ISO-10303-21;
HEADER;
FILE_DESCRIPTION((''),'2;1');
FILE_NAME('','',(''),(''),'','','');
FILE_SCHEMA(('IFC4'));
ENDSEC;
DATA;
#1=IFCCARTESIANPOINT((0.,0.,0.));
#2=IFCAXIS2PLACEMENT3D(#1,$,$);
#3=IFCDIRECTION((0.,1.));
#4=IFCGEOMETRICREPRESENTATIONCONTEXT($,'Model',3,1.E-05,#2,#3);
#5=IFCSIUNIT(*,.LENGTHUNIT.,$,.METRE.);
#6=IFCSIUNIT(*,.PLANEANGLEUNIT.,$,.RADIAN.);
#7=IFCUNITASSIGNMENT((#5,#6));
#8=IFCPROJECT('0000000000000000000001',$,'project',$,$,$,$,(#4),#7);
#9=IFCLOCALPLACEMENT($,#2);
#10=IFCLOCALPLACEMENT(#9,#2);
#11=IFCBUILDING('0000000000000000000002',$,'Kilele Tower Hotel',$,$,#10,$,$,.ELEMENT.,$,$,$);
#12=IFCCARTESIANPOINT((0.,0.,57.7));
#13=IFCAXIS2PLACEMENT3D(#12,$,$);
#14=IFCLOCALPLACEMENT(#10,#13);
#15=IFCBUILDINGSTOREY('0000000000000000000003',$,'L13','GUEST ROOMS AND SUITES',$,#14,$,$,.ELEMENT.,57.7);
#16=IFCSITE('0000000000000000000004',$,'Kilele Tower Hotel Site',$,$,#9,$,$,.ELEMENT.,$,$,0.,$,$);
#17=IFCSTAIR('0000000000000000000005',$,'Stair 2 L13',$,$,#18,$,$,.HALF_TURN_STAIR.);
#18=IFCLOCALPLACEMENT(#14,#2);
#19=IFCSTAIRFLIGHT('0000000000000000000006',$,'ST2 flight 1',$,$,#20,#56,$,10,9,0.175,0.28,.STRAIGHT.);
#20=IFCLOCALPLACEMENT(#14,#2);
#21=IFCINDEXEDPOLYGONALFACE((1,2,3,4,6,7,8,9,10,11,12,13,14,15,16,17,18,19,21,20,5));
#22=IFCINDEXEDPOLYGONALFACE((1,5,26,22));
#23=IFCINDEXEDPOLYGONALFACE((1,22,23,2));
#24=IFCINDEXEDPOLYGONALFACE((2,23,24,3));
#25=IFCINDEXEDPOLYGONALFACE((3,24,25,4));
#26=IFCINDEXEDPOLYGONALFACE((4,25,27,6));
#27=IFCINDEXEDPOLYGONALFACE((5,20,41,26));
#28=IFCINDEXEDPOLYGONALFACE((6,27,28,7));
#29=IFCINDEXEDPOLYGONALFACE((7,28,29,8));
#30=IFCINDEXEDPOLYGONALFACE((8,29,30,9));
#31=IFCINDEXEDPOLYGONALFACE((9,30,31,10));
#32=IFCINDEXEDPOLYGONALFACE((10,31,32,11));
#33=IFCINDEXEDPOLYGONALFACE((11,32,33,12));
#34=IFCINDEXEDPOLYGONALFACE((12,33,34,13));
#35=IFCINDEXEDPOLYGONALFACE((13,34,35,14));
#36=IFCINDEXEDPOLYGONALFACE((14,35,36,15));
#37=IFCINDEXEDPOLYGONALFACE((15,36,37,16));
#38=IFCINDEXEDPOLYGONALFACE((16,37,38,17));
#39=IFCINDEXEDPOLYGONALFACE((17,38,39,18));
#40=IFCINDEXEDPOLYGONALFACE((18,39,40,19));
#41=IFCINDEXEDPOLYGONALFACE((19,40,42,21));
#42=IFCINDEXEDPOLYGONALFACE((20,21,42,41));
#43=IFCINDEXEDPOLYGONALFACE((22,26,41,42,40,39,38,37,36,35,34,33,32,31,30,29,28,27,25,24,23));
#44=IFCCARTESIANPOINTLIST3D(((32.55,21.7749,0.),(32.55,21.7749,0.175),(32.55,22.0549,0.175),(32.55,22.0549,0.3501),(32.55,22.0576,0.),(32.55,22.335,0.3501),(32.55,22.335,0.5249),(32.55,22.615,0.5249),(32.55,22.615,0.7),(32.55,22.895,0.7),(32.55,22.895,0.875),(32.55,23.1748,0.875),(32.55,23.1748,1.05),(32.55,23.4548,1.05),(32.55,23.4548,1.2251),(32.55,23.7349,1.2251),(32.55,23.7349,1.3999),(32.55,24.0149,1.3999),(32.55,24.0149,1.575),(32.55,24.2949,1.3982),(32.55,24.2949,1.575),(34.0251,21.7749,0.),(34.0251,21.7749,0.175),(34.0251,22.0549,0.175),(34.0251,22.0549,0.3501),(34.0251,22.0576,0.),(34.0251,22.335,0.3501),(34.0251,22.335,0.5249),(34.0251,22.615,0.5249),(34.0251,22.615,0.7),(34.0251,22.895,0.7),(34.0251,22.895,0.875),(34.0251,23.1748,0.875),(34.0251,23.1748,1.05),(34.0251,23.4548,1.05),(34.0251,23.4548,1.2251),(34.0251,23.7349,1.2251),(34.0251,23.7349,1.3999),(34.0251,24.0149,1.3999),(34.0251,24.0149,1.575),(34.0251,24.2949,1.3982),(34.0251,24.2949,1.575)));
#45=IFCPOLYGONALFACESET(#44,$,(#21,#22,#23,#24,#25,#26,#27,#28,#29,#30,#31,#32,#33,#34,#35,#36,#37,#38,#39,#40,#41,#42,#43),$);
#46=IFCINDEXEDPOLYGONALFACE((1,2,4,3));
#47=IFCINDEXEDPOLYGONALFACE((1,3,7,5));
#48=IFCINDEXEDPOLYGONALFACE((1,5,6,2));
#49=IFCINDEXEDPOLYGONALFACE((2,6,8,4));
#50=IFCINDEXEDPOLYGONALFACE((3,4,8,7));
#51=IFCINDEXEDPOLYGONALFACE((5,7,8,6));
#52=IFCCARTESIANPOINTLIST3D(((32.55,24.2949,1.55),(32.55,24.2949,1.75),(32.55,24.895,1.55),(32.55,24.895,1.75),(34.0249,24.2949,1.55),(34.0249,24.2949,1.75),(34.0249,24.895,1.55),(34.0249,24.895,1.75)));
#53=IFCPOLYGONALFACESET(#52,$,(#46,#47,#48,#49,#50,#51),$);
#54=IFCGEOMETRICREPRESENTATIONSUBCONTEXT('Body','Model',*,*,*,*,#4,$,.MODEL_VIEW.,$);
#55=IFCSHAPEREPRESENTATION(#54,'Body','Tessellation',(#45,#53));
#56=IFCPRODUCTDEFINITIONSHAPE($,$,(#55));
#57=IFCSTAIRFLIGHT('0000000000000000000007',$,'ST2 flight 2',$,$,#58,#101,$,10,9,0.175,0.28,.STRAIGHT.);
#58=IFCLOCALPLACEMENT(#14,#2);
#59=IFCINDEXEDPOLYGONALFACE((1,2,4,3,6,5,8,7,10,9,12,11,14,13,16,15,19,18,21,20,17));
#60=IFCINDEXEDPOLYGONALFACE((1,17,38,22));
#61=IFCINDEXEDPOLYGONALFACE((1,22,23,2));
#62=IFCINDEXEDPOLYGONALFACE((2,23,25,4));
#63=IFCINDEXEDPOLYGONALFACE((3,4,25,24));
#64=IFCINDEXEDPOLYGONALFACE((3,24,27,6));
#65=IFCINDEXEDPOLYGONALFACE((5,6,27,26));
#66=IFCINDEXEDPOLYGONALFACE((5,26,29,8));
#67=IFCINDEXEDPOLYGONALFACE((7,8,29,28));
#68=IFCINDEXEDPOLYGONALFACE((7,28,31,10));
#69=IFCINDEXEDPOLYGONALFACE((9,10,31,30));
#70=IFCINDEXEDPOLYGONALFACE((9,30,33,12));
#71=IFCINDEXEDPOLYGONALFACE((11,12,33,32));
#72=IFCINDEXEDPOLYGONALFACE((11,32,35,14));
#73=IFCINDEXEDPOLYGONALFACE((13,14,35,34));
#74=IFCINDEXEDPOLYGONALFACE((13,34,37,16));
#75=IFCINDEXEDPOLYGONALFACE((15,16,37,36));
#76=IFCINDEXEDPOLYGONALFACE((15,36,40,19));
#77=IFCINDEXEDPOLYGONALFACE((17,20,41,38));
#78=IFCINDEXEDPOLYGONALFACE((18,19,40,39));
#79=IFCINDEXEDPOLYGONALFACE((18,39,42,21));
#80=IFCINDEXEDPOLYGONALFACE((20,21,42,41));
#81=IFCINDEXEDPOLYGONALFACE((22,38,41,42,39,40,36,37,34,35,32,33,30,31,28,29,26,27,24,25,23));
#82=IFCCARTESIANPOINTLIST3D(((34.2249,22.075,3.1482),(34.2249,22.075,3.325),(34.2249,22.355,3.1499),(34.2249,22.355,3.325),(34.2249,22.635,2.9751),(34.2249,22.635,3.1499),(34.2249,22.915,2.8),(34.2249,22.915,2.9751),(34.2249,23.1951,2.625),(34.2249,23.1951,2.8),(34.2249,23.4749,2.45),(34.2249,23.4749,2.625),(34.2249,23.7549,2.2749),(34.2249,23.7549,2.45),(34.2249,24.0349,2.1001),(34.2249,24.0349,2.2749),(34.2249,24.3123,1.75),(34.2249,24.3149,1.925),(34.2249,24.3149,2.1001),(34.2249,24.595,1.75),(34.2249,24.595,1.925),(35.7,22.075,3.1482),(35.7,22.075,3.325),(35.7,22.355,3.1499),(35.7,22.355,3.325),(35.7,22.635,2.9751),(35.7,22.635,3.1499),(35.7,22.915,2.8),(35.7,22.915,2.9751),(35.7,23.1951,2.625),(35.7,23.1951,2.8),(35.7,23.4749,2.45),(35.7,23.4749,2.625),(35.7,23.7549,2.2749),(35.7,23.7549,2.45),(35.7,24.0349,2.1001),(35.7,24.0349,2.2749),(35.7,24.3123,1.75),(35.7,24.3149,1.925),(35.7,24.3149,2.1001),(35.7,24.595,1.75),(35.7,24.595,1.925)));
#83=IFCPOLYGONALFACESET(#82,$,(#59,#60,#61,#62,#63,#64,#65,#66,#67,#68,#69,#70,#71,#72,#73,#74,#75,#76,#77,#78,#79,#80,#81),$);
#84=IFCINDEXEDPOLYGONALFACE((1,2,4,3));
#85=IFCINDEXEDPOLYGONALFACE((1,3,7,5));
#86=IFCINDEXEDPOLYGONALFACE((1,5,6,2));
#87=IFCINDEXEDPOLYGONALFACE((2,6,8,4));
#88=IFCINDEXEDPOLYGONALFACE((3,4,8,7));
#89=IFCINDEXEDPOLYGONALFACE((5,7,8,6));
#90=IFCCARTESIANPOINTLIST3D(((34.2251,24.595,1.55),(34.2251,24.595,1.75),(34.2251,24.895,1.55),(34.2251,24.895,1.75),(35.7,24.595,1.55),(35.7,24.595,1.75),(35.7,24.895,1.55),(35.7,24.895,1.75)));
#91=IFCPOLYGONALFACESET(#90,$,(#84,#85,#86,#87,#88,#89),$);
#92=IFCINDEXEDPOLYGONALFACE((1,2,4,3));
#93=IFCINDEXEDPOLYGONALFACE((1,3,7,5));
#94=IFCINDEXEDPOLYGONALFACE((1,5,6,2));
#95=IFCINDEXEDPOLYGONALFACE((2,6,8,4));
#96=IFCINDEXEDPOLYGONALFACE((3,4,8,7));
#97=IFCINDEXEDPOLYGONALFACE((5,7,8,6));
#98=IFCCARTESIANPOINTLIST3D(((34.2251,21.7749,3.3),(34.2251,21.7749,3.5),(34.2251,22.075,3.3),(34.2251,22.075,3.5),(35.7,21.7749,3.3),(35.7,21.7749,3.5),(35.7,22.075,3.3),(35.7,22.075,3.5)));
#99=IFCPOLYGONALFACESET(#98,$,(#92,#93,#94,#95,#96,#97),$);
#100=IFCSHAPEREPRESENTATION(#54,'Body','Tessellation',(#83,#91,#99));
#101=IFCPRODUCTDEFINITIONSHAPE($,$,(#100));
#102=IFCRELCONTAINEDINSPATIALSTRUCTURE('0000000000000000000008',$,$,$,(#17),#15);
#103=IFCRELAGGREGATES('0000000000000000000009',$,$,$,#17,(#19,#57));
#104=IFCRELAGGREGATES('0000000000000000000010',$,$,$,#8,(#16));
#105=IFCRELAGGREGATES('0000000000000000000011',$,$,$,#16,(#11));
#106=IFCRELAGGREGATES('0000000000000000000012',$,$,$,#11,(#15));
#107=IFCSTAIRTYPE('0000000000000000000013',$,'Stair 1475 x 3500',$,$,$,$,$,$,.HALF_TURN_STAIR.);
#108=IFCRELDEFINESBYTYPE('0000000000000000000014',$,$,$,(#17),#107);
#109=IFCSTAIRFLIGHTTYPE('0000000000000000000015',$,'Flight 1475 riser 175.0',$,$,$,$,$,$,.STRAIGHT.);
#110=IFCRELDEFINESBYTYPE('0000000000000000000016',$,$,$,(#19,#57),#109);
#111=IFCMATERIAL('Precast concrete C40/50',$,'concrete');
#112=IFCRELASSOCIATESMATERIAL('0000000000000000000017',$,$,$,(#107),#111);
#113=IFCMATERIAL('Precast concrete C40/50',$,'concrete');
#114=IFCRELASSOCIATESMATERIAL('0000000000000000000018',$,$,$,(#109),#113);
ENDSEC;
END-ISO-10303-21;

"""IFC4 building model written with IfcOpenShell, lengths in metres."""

from ifc_helpers import new_model, si_unit, direction, frame, origin, place, context, subcontext, project, spatial, polyline, outline, extrude, material, type_object, element, aggregate, save


model = new_model("IFC4")

# Units and contexts
model_context = context("Model", 3, precision=1e-05, world=origin(), true_north=direction((0.0, 1.0)))
body_context = subcontext(model_context, "Body", "Model", "MODEL_VIEW")
ifc_project = project(units=[si_unit("LENGTHUNIT", "METRE"), si_unit("PLANEANGLEUNIT", "RADIAN")], contexts=[model_context])

# Site, building, storey
site_placement = place(None, origin())
site = spatial("IfcSite", under=ifc_project, at=site_placement, Name="Kilele Tower Hotel Site", CompositionType="ELEMENT", RefElevation=0.0)
building_placement = place(site_placement, origin())
building = spatial("IfcBuilding", under=site, at=building_placement, Name="Kilele Tower Hotel", CompositionType="ELEMENT")
storey_placement = place(building_placement, frame((0.0, 0.0, 57.7)))
storey = spatial("IfcBuildingStorey", under=building, at=storey_placement, Name="L13", Description="GUEST ROOMS AND SUITES", CompositionType="ELEMENT", Elevation=57.7)

# Stair, stair flights
ifc_material_1 = material(Name="Precast concrete C40/50", Category="concrete")
stair_type = type_object("IfcStairType", Name="Stair 1475 x 3500", PredefinedType="HALF_TURN_STAIR", material=ifc_material_1)
stair_placement = place(storey_placement, origin())
stair = element("IfcStair", 1, at=stair_placement, inside=storey, type_object=stair_type, Name="Stair 2 L13", PredefinedType="HALF_TURN_STAIR")
ifc_material_2 = material(Name="Precast concrete C40/50", Category="concrete")
stair_flight_type = type_object("IfcStairFlightType", Name="Flight 1475 riser 175.0", PredefinedType="STRAIGHT", material=ifc_material_2)
stair_flight_1_placement = place(storey_placement, frame((33.2876, 21.7749, 0.0), z_axis=(0.0, 0.0, 1.0), x_axis=(0.0, 1.0, 0.0)))
stair_flight_1 = element("IfcStairFlight", 2, at=stair_flight_1_placement, type_object=stair_flight_type, Name="ST2 flight 1", NumberOfRisers=10, NumberOfTreads=9, PredefinedType="STRAIGHT", RiserHeight=0.175, TreadLength=0.28, context=body_context, shape_type="SweptSolid", body=[
    extrude(outline(polyline([(0.0, 0.0), (0.0, 0.175), (0.28, 0.175), (0.28, 0.3501), (0.5601, 0.3501), (0.5601, 0.5249), (0.8401, 0.5249), (0.8401, 0.7), (1.1201, 0.7), (1.1201, 0.875), (1.3999, 0.875), (1.3999, 1.05), (1.6799, 1.05), (1.6799, 1.2251), (1.96, 1.2251), (1.96, 1.3999), (2.24, 1.3999), (2.24, 1.575), (2.52, 1.575), (2.52, 1.75), (2.52, 1.3982), (0.2827, 0.0), (0.0, 0.0)])), frame((0.0, 0.7375, 0.0), z_axis=(0.0, -1.0, 0.0), x_axis=(1.0, 0.0, 0.0)), (0.0, 0.0, 1.0), 1.4751),
    extrude(outline(polyline([(2.52, 0.7375), (2.52, -0.7373), (3.1201, -0.7373), (3.1201, 0.7375), (2.52, 0.7375)])), frame((0.0, 0.0, 1.55)), (0.0, 0.0, 1.0), 0.2),
])
stair_flight_2_placement = place(storey_placement, frame((34.9624, 24.595, 1.75), z_axis=(0.0, 0.0, 1.0), x_axis=(0.0, -1.0, 0.0)))
stair_flight_2 = element("IfcStairFlight", 3, at=stair_flight_2_placement, type_object=stair_flight_type, Name="ST2 flight 2", NumberOfRisers=10, NumberOfTreads=9, PredefinedType="STRAIGHT", RiserHeight=0.175, TreadLength=0.28, context=body_context, shape_type="SweptSolid", body=[
    extrude(outline(polyline([(0.0, 0.0), (0.0, 0.175), (0.28, 0.175), (0.28, 0.3501), (0.5601, 0.3501), (0.5601, 0.5249), (0.8401, 0.5249), (0.8401, 0.7), (1.1201, 0.7), (1.1201, 0.875), (1.3999, 0.875), (1.3999, 1.05), (1.6799, 1.05), (1.6799, 1.2251), (1.96, 1.2251), (1.96, 1.3999), (2.24, 1.3999), (2.24, 1.575), (2.52, 1.575), (2.52, 1.75), (2.52, 1.3982), (0.2827, 0.0), (0.0, 0.0)])), frame((0.0, 0.7375, 0.0), z_axis=(0.0, -1.0, 0.0), x_axis=(1.0, 0.0, 0.0)), (0.0, 0.0, 1.0), 1.4751),
    extrude(outline(polyline([(0.0, -0.7373), (0.0, 0.7375), (-0.3, 0.7375), (-0.3, -0.7373), (0.0, -0.7373)])), frame((0.0, 0.0, -0.2)), (0.0, 0.0, 1.0), 0.2),
    extrude(outline(polyline([(2.8201, -0.7373), (2.8201, 0.7375), (2.52, 0.7375), (2.52, -0.7373), (2.8201, -0.7373)])), frame((0.0, 0.0, 1.55)), (0.0, 0.0, 1.0), 0.2),
])
aggregate(stair, [stair_flight_1, stair_flight_2])

save(model, "model.ifc")
